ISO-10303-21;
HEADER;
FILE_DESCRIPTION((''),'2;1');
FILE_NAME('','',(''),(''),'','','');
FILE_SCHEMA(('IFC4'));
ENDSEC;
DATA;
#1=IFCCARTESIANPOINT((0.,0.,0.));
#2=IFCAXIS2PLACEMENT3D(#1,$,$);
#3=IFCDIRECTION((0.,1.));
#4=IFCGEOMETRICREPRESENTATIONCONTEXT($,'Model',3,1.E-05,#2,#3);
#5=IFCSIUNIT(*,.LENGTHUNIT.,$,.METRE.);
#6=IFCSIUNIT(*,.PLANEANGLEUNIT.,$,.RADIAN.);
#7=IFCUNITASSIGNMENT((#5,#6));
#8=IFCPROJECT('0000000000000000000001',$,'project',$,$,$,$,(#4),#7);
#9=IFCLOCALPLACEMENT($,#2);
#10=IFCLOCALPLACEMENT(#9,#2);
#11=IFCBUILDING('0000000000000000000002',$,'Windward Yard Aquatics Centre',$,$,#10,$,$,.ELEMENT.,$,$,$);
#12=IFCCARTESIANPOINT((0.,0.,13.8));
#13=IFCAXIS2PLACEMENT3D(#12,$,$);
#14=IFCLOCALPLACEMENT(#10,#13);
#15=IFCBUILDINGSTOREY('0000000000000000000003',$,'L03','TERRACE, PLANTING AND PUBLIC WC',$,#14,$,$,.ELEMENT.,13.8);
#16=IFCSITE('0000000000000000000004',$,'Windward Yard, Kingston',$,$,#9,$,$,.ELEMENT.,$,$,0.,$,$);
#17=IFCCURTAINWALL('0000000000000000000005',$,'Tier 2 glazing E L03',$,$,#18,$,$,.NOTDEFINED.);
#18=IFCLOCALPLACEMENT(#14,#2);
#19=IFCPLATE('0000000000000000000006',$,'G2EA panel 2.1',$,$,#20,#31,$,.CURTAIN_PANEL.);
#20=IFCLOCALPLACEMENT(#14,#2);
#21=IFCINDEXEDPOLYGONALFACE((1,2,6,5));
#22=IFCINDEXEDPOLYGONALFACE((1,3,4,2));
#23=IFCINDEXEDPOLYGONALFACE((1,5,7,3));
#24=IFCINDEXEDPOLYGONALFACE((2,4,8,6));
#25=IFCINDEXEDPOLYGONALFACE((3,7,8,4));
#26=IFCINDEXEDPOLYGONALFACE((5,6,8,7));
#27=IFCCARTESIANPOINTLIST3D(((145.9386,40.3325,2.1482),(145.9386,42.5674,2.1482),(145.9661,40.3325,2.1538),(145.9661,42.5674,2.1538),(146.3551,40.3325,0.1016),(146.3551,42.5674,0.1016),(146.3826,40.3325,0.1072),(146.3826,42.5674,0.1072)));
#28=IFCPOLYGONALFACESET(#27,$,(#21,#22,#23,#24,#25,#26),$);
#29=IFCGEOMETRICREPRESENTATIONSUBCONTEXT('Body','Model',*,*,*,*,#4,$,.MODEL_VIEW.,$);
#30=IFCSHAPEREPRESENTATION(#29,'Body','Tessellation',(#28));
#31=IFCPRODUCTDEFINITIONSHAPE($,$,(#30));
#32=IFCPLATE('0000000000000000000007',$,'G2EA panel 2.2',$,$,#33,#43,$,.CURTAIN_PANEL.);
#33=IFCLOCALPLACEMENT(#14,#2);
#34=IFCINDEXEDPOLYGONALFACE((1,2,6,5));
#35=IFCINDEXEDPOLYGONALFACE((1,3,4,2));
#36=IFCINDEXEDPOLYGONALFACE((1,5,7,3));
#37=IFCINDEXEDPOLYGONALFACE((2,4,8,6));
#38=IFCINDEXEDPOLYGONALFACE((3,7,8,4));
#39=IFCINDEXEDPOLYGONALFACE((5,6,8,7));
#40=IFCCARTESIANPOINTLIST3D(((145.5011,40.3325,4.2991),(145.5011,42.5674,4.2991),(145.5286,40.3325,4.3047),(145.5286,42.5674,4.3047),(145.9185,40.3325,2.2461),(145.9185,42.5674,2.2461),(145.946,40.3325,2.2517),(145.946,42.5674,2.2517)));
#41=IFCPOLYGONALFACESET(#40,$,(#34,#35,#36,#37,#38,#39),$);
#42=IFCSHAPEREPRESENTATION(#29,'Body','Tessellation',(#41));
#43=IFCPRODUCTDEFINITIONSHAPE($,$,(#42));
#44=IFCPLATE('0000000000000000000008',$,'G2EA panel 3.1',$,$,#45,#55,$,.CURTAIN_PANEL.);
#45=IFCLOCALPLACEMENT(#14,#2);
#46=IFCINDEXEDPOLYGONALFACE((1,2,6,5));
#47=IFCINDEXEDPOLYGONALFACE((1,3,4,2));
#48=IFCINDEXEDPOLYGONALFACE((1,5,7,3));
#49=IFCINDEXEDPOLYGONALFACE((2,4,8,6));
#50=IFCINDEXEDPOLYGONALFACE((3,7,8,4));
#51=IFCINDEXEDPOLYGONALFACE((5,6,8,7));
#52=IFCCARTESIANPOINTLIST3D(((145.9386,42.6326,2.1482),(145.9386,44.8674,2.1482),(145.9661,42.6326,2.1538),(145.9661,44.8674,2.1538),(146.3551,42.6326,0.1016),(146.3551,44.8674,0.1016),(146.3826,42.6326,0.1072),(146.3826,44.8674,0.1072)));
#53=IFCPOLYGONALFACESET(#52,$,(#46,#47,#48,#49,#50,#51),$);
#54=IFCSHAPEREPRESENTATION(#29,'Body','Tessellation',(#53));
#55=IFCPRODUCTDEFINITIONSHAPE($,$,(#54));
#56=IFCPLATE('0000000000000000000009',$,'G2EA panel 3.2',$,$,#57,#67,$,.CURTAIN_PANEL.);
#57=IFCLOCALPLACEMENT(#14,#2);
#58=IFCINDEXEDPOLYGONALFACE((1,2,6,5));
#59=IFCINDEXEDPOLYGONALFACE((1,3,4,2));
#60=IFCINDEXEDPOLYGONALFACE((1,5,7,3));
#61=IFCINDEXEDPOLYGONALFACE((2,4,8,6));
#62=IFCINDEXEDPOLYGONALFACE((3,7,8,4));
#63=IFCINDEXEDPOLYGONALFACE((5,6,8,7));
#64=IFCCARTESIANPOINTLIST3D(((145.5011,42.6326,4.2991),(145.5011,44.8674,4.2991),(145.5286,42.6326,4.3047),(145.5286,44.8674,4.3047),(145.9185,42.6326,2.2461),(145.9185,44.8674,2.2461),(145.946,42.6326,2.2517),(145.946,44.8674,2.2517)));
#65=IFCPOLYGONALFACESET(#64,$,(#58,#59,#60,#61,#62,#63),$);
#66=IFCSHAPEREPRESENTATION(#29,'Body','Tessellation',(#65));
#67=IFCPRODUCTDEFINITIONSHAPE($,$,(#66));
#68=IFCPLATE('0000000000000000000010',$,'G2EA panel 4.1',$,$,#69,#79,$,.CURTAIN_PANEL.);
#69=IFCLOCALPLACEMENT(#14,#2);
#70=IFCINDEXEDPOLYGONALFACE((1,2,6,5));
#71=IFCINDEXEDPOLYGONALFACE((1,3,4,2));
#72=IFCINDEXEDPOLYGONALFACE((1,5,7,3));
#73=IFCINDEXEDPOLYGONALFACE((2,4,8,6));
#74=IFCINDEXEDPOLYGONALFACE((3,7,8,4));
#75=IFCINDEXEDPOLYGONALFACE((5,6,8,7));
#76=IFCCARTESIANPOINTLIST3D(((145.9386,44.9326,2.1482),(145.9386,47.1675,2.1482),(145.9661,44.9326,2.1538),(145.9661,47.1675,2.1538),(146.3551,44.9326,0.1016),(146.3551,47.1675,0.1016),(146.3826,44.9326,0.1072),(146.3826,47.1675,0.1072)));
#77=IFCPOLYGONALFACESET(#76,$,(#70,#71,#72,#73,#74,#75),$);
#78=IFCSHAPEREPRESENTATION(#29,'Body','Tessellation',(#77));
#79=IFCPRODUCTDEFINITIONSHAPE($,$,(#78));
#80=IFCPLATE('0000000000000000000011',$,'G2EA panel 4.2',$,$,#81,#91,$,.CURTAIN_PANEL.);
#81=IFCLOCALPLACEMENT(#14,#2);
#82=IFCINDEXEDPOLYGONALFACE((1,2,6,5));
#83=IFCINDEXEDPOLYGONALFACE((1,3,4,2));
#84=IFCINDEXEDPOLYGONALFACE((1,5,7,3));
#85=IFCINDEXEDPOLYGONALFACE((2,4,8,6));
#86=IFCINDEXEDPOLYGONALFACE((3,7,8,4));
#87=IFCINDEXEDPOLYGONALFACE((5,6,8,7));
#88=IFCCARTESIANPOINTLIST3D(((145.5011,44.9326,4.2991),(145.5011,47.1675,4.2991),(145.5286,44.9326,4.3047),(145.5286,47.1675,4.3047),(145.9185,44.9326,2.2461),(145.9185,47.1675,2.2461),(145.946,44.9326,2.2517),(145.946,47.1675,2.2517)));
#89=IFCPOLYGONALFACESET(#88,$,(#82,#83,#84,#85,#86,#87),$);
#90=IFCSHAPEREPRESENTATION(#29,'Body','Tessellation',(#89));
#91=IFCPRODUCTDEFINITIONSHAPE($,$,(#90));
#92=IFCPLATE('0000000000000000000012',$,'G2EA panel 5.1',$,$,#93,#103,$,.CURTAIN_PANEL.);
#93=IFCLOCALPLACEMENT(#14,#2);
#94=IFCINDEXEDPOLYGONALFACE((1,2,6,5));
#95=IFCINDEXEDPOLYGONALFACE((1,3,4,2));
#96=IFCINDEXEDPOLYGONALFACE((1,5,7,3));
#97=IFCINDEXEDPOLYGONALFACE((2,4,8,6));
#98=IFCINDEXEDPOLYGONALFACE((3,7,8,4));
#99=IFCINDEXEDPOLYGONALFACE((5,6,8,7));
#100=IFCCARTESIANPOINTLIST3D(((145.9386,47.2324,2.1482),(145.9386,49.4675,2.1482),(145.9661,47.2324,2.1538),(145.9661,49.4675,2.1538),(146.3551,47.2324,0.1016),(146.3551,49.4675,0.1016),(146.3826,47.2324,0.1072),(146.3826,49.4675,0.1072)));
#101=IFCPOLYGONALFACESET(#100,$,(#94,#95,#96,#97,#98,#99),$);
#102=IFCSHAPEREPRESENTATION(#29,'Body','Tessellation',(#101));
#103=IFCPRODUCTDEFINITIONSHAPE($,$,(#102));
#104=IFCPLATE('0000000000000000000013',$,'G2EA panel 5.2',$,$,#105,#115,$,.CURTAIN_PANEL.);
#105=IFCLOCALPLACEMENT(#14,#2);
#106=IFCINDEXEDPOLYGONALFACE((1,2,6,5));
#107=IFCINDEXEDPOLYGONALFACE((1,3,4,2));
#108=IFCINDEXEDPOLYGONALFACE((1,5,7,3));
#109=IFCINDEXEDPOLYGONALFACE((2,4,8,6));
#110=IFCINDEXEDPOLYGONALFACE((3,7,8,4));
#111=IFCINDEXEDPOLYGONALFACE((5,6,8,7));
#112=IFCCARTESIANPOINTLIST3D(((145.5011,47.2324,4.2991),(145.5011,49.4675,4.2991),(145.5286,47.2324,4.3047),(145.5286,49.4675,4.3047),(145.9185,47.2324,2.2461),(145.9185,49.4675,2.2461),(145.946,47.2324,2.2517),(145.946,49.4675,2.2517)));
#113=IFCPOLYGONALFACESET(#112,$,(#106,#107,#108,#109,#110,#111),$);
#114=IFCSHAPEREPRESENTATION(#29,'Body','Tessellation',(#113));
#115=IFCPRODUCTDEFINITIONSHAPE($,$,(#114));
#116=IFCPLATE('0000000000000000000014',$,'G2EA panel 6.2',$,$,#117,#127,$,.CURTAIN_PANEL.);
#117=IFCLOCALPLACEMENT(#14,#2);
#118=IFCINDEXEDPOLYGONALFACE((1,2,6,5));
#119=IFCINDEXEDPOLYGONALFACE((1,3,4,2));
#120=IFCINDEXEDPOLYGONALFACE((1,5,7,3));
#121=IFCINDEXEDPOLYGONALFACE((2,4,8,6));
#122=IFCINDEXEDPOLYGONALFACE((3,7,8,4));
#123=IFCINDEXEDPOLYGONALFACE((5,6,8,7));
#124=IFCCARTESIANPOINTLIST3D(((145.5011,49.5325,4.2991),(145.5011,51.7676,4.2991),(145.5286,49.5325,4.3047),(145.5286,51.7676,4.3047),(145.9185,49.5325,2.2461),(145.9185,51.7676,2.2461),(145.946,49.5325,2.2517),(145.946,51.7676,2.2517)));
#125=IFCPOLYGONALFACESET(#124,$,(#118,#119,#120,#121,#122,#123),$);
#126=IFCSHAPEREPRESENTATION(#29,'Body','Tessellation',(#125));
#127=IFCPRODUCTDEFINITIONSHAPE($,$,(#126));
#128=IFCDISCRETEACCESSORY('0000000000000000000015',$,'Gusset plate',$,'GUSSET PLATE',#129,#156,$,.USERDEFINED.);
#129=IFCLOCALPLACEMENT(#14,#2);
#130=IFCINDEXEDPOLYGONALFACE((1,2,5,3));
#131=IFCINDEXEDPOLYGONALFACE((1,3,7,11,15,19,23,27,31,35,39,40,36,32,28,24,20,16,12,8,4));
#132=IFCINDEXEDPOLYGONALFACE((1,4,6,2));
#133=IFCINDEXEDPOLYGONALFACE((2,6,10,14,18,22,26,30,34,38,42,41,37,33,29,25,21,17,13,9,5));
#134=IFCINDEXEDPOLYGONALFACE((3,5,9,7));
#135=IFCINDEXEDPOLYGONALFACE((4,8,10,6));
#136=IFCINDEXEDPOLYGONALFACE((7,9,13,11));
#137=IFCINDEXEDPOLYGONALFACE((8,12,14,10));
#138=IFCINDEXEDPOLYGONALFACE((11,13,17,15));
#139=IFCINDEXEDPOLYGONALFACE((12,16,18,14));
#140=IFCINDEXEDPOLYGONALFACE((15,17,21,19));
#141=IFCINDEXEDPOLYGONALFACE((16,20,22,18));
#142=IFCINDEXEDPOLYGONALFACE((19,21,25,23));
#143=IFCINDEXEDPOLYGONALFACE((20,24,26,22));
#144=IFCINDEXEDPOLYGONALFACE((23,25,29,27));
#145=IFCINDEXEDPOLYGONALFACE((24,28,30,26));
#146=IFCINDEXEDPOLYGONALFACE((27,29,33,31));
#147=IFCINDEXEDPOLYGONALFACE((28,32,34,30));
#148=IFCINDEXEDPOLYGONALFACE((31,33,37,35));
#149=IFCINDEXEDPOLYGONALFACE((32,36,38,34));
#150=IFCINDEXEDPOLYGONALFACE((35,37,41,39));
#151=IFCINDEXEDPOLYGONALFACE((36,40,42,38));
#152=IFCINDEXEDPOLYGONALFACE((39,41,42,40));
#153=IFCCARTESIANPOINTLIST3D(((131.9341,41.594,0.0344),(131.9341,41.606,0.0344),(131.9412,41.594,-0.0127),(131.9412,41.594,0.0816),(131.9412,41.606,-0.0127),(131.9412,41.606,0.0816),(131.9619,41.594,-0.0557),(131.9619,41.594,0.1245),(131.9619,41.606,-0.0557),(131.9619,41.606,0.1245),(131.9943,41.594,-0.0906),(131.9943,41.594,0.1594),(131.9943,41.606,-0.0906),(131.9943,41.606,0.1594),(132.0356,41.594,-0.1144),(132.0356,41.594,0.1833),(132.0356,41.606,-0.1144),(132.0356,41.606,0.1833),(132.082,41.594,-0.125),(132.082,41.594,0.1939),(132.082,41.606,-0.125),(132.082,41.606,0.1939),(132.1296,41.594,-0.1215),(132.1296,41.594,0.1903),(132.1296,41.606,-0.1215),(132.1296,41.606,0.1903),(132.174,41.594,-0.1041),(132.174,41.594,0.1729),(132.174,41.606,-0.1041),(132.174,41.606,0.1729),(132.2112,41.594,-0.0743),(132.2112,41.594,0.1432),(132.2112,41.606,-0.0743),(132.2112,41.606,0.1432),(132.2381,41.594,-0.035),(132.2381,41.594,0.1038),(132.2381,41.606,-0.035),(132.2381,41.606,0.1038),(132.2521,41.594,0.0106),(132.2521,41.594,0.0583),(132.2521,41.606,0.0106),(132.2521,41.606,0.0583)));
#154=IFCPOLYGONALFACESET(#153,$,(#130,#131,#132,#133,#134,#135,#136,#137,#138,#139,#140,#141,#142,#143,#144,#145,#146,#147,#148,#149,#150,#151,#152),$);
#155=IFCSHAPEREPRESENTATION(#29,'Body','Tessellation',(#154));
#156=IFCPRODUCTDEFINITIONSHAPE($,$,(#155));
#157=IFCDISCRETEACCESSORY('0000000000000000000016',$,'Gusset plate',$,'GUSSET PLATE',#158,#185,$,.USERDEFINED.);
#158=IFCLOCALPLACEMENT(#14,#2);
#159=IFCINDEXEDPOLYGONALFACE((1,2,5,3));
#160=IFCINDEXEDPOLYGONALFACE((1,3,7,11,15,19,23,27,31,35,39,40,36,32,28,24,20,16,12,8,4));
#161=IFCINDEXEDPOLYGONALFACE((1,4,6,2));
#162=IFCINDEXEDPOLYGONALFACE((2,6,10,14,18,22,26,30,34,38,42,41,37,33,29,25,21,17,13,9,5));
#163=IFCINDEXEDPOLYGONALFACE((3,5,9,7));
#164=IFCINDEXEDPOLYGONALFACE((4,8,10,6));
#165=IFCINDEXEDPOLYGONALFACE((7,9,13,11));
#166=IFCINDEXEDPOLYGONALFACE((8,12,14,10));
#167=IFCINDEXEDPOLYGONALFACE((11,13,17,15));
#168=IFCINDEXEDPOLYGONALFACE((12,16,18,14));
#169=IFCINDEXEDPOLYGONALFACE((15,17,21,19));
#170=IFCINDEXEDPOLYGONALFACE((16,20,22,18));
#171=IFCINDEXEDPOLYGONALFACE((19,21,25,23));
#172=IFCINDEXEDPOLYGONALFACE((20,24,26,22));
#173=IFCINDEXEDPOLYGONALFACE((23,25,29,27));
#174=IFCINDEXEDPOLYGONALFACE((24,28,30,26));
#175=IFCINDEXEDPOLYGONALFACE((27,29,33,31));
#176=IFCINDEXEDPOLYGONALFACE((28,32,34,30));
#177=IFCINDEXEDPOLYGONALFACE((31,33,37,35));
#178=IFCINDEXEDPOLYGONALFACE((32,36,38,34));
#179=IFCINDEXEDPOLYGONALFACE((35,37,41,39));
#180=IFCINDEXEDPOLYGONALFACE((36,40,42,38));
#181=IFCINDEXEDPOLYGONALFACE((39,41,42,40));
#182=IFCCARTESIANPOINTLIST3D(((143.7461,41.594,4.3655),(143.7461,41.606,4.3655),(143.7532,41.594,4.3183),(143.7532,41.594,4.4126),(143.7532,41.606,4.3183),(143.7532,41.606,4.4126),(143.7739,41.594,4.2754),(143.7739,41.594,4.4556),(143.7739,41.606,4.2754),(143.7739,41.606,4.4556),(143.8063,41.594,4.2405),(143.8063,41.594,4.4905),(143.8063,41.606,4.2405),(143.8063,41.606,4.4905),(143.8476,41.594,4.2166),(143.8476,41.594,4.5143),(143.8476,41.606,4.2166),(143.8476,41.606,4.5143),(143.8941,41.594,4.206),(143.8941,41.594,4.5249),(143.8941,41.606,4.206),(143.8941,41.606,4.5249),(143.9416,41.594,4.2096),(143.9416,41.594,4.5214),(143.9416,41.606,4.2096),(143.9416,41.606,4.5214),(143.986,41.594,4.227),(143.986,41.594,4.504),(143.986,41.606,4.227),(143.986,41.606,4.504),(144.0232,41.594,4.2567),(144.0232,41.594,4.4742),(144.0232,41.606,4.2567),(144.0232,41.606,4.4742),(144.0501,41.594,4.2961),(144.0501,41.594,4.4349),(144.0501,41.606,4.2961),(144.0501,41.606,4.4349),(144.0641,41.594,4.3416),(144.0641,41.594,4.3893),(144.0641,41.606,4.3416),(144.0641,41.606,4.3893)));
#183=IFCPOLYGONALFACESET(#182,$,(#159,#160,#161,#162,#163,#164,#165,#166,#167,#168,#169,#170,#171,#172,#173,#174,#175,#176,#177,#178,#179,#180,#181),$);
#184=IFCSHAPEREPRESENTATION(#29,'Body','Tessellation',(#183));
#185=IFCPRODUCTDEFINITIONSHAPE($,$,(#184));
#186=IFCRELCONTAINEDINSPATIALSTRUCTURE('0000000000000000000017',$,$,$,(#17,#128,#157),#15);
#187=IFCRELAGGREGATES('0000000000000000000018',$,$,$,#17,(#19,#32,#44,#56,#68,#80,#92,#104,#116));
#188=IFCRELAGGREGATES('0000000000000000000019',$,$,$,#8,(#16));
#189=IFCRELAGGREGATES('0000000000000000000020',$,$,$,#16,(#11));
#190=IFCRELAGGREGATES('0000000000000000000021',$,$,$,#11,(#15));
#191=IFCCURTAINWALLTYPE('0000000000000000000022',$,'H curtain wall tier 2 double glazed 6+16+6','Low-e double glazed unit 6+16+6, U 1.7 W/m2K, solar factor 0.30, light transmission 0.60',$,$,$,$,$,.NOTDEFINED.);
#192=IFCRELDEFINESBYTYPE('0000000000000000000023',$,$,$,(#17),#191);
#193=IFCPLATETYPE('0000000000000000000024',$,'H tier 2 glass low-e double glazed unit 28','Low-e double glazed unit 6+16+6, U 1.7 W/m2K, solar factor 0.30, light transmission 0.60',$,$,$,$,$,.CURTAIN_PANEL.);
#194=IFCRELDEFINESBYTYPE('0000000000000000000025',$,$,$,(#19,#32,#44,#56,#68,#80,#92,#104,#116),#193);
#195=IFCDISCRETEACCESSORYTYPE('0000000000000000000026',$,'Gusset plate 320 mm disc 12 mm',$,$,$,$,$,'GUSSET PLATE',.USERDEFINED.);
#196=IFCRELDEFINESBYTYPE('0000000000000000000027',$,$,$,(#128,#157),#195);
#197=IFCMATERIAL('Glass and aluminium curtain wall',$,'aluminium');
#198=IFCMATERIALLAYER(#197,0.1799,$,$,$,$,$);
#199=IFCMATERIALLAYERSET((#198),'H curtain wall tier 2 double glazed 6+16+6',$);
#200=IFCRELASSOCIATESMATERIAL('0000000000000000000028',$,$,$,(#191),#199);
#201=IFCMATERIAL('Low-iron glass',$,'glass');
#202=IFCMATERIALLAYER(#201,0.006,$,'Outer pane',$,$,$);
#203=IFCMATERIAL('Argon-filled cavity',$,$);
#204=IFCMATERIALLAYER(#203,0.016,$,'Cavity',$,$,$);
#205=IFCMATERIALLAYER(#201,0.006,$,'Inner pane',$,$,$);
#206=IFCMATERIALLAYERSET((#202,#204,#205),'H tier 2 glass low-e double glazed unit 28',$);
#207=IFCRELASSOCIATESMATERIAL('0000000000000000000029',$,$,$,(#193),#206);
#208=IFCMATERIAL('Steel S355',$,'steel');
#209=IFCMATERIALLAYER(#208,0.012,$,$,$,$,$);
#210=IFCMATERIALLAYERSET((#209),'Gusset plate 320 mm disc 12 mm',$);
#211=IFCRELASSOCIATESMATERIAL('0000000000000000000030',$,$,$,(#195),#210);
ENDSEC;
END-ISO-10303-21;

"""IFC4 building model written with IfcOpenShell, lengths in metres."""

from ifc_helpers import new_model, si_unit, direction, frame, origin, origin_2d, place, context, subcontext, project, spatial, polyline, circle, outline, extrude, material, layer, layer_set, type_object, element, aggregate, save


model = new_model("IFC4")

# Units and contexts
model_context = context("Model", 3, precision=1e-05, world=origin(), true_north=direction((0.0, 1.0)))
body_context = subcontext(model_context, "Body", "Model", "MODEL_VIEW")
ifc_project = project(units=[si_unit("LENGTHUNIT", "METRE"), si_unit("PLANEANGLEUNIT", "RADIAN")], contexts=[model_context])

# Site, building, storey
site_placement = place(None, origin())
site = spatial("IfcSite", under=ifc_project, at=site_placement, Name="Windward Yard, Kingston", CompositionType="ELEMENT", RefElevation=0.0)
building_placement = place(site_placement, origin())
building = spatial("IfcBuilding", under=site, at=building_placement, Name="Windward Yard Aquatics Centre", CompositionType="ELEMENT")
storey_placement = place(building_placement, frame((0.0, 0.0, 13.8)))
storey = spatial("IfcBuildingStorey", under=building, at=storey_placement, Name="L03", Description="TERRACE, PLANTING AND PUBLIC WC", CompositionType="ELEMENT", Elevation=13.8)

# Curtain wall
ifc_material_1 = material(Name="Glass and aluminium curtain wall", Category="aluminium")
ifc_layer_1 = layer(ifc_material_1, 0.1799)
ifc_layer_set_1 = layer_set([ifc_layer_1], Name="H curtain wall tier 2 double glazed 6+16+6")
curtain_wall_type = type_object("IfcCurtainWallType", Name="H curtain wall tier 2 double glazed 6+16+6", Description="Low-e double glazed unit 6+16+6, U 1.7 W/m2K, solar factor 0.30, light transmission 0.60", PredefinedType="NOTDEFINED", material=ifc_layer_set_1)
curtain_wall_placement = place(storey_placement, origin())
curtain_wall = element("IfcCurtainWall", 1, at=curtain_wall_placement, inside=storey, type_object=curtain_wall_type, Name="Tier 2 glazing E L03", PredefinedType="NOTDEFINED")

# Plates
ifc_material_2 = material(Name="Low-iron glass", Category="glass")
ifc_layer_2 = layer(ifc_material_2, 0.006, Name="Outer pane")
ifc_material_3 = material(Name="Argon-filled cavity")
ifc_layer_3 = layer(ifc_material_3, 0.016, Name="Cavity")
ifc_layer_4 = layer(ifc_material_2, 0.006, Name="Inner pane")
ifc_layer_set_2 = layer_set([ifc_layer_2, ifc_layer_3, ifc_layer_4], Name="H tier 2 glass low-e double glazed unit 28")
plate_type = type_object("IfcPlateType", Name="H tier 2 glass low-e double glazed unit 28", Description="Low-e double glazed unit 6+16+6, U 1.7 W/m2K, solar factor 0.30, light transmission 0.60", PredefinedType="CURTAIN_PANEL", material=ifc_layer_set_2)
plate_1_placement = place(storey_placement, frame((145.9661, 40.3325, 2.1538), z_axis=(0.979914, 0.0, 0.199419), x_axis=(0.199419, 0.0, -0.979914)))
plate_1 = element("IfcPlate", 2, at=plate_1_placement, type_object=plate_type, Name="G2EA panel 2.1", PredefinedType="CURTAIN_PANEL", context=body_context, shape_type="SweptSolid", body=[
    extrude(outline(polyline([(0.0, 0.0), (2.0886, 0.0), (2.0886, 2.2349), (0.0, 2.2349), (0.0, 0.0)])), origin(), (0.0, 0.0, -1.0), 0.0281),
])
plate_2_placement = place(storey_placement, frame((145.5286, 40.3325, 4.3047), z_axis=(0.979944, 0.0, 0.199275), x_axis=(0.199275, 0.0, -0.979944)))
plate_2 = element("IfcPlate", 3, at=plate_2_placement, type_object=plate_type, Name="G2EA panel 2.2", PredefinedType="CURTAIN_PANEL", context=body_context, shape_type="SweptSolid", body=[
    extrude(outline(polyline([(0.0, 0.0), (2.095, 0.0), (2.095, 2.2349), (0.0, 2.2349), (0.0, 0.0)])), origin(), (0.0, 0.0, -1.0), 0.0281),
])
plate_3_placement = place(storey_placement, frame((145.9661, 42.6326, 2.1538), z_axis=(0.979914, 0.0, 0.199419), x_axis=(0.199419, 0.0, -0.979914)))
plate_3 = element("IfcPlate", 4, at=plate_3_placement, type_object=plate_type, Name="G2EA panel 3.1", PredefinedType="CURTAIN_PANEL", context=body_context, shape_type="SweptSolid", body=[
    extrude(outline(polyline([(0.0, 0.0), (2.0886, 0.0), (2.0886, 2.2349), (0.0, 2.2349), (0.0, 0.0)])), origin(), (0.0, 0.0, -1.0), 0.0281),
])
plate_4_placement = place(storey_placement, frame((145.5286, 42.6326, 4.3047), z_axis=(0.979944, 0.0, 0.199275), x_axis=(0.199275, 0.0, -0.979944)))
plate_4 = element("IfcPlate", 5, at=plate_4_placement, type_object=plate_type, Name="G2EA panel 3.2", PredefinedType="CURTAIN_PANEL", context=body_context, shape_type="SweptSolid", body=[
    extrude(outline(polyline([(0.0, 0.0), (2.095, 0.0), (2.095, 2.2349), (0.0, 2.2349), (0.0, 0.0)])), origin(), (0.0, 0.0, -1.0), 0.0281),
])
plate_5_placement = place(storey_placement, frame((145.9661, 44.9326, 2.1538), z_axis=(0.979914, 0.0, 0.199419), x_axis=(0.199419, 0.0, -0.979914)))
plate_5 = element("IfcPlate", 6, at=plate_5_placement, type_object=plate_type, Name="G2EA panel 4.1", PredefinedType="CURTAIN_PANEL", context=body_context, shape_type="SweptSolid", body=[
    extrude(outline(polyline([(0.0, 0.0), (2.0886, 0.0), (2.0886, 2.2349), (0.0, 2.2349), (0.0, 0.0)])), origin(), (0.0, 0.0, -1.0), 0.0281),
])
plate_6_placement = place(storey_placement, frame((145.5286, 44.9326, 4.3047), z_axis=(0.979944, 0.0, 0.199275), x_axis=(0.199275, 0.0, -0.979944)))
plate_6 = element("IfcPlate", 7, at=plate_6_placement, type_object=plate_type, Name="G2EA panel 4.2", PredefinedType="CURTAIN_PANEL", context=body_context, shape_type="SweptSolid", body=[
    extrude(outline(polyline([(0.0, 0.0), (2.095, 0.0), (2.095, 2.2349), (0.0, 2.2349), (0.0, 0.0)])), origin(), (0.0, 0.0, -1.0), 0.0281),
])
plate_7_placement = place(storey_placement, frame((145.9661, 47.2324, 2.1538), z_axis=(0.979914, 0.0, 0.199419), x_axis=(0.199419, 0.0, -0.979914)))
plate_7 = element("IfcPlate", 8, at=plate_7_placement, type_object=plate_type, Name="G2EA panel 5.1", PredefinedType="CURTAIN_PANEL", context=body_context, shape_type="SweptSolid", body=[
    extrude(outline(polyline([(0.0, 0.0), (2.0886, 0.0), (2.0886, 2.2351), (0.0, 2.2351), (0.0, 0.0)])), origin(), (0.0, 0.0, -1.0), 0.0281),
])
plate_8_placement = place(storey_placement, frame((145.5286, 47.2324, 4.3047), z_axis=(0.979944, 0.0, 0.199275), x_axis=(0.199275, 0.0, -0.979944)))
plate_8 = element("IfcPlate", 9, at=plate_8_placement, type_object=plate_type, Name="G2EA panel 5.2", PredefinedType="CURTAIN_PANEL", context=body_context, shape_type="SweptSolid", body=[
    extrude(outline(polyline([(0.0, 0.0), (2.095, 0.0), (2.095, 2.2351), (0.0, 2.2351), (0.0, 0.0)])), origin(), (0.0, 0.0, -1.0), 0.0281),
])
plate_9_placement = place(storey_placement, frame((145.5286, 49.5325, 4.3047), z_axis=(0.979944, 0.0, 0.199275), x_axis=(0.199275, 0.0, -0.979944)))
plate_9 = element("IfcPlate", 10, at=plate_9_placement, type_object=plate_type, Name="G2EA panel 6.2", PredefinedType="CURTAIN_PANEL", context=body_context, shape_type="SweptSolid", body=[
    extrude(outline(polyline([(0.0, 0.0), (2.095, 0.0), (2.095, 2.2351), (0.0, 2.2351), (0.0, 0.0)])), origin(), (0.0, 0.0, -1.0), 0.0281),
])
aggregate(curtain_wall, [plate_1, plate_2, plate_3, plate_4, plate_5, plate_6, plate_7, plate_8, plate_9])

# Discrete accessories
ifc_material_4 = material(Name="Steel S355", Category="steel")
ifc_layer_5 = layer(ifc_material_4, 0.012)
ifc_layer_set_3 = layer_set([ifc_layer_5], Name="Gusset plate 320 mm disc 12 mm")
discrete_accessory_type = type_object("IfcDiscreteAccessoryType", Name="Gusset plate 320 mm disc 12 mm", ElementType="GUSSET PLATE", PredefinedType="USERDEFINED", material=ifc_layer_set_3)
for number, where, z_axis, x_axis, name in (
    (11, (132.094, 41.594, 0.0344), (0.0, 1.0, 0.0), (-1.0, 0.0, 0.0), "Gusset plate"),
    (12, (143.906, 41.594, 4.3655), (0.0, 1.0, 0.0), (-1.0, 0.0, 0.0), "Gusset plate"),
):
    element("IfcDiscreteAccessory", number, at=place(storey_placement, frame(where, z_axis=z_axis, x_axis=x_axis)), inside=storey, type_object=discrete_accessory_type, Name=name, ObjectType="GUSSET PLATE", PredefinedType="USERDEFINED", context=body_context, shape_type="SweptSolid", body=[
        extrude(circle(Radius=0.1599, at=origin_2d()), origin(), (0.0, 0.0, 1.0), 0.012),
    ])

save(model, "model.ifc")
